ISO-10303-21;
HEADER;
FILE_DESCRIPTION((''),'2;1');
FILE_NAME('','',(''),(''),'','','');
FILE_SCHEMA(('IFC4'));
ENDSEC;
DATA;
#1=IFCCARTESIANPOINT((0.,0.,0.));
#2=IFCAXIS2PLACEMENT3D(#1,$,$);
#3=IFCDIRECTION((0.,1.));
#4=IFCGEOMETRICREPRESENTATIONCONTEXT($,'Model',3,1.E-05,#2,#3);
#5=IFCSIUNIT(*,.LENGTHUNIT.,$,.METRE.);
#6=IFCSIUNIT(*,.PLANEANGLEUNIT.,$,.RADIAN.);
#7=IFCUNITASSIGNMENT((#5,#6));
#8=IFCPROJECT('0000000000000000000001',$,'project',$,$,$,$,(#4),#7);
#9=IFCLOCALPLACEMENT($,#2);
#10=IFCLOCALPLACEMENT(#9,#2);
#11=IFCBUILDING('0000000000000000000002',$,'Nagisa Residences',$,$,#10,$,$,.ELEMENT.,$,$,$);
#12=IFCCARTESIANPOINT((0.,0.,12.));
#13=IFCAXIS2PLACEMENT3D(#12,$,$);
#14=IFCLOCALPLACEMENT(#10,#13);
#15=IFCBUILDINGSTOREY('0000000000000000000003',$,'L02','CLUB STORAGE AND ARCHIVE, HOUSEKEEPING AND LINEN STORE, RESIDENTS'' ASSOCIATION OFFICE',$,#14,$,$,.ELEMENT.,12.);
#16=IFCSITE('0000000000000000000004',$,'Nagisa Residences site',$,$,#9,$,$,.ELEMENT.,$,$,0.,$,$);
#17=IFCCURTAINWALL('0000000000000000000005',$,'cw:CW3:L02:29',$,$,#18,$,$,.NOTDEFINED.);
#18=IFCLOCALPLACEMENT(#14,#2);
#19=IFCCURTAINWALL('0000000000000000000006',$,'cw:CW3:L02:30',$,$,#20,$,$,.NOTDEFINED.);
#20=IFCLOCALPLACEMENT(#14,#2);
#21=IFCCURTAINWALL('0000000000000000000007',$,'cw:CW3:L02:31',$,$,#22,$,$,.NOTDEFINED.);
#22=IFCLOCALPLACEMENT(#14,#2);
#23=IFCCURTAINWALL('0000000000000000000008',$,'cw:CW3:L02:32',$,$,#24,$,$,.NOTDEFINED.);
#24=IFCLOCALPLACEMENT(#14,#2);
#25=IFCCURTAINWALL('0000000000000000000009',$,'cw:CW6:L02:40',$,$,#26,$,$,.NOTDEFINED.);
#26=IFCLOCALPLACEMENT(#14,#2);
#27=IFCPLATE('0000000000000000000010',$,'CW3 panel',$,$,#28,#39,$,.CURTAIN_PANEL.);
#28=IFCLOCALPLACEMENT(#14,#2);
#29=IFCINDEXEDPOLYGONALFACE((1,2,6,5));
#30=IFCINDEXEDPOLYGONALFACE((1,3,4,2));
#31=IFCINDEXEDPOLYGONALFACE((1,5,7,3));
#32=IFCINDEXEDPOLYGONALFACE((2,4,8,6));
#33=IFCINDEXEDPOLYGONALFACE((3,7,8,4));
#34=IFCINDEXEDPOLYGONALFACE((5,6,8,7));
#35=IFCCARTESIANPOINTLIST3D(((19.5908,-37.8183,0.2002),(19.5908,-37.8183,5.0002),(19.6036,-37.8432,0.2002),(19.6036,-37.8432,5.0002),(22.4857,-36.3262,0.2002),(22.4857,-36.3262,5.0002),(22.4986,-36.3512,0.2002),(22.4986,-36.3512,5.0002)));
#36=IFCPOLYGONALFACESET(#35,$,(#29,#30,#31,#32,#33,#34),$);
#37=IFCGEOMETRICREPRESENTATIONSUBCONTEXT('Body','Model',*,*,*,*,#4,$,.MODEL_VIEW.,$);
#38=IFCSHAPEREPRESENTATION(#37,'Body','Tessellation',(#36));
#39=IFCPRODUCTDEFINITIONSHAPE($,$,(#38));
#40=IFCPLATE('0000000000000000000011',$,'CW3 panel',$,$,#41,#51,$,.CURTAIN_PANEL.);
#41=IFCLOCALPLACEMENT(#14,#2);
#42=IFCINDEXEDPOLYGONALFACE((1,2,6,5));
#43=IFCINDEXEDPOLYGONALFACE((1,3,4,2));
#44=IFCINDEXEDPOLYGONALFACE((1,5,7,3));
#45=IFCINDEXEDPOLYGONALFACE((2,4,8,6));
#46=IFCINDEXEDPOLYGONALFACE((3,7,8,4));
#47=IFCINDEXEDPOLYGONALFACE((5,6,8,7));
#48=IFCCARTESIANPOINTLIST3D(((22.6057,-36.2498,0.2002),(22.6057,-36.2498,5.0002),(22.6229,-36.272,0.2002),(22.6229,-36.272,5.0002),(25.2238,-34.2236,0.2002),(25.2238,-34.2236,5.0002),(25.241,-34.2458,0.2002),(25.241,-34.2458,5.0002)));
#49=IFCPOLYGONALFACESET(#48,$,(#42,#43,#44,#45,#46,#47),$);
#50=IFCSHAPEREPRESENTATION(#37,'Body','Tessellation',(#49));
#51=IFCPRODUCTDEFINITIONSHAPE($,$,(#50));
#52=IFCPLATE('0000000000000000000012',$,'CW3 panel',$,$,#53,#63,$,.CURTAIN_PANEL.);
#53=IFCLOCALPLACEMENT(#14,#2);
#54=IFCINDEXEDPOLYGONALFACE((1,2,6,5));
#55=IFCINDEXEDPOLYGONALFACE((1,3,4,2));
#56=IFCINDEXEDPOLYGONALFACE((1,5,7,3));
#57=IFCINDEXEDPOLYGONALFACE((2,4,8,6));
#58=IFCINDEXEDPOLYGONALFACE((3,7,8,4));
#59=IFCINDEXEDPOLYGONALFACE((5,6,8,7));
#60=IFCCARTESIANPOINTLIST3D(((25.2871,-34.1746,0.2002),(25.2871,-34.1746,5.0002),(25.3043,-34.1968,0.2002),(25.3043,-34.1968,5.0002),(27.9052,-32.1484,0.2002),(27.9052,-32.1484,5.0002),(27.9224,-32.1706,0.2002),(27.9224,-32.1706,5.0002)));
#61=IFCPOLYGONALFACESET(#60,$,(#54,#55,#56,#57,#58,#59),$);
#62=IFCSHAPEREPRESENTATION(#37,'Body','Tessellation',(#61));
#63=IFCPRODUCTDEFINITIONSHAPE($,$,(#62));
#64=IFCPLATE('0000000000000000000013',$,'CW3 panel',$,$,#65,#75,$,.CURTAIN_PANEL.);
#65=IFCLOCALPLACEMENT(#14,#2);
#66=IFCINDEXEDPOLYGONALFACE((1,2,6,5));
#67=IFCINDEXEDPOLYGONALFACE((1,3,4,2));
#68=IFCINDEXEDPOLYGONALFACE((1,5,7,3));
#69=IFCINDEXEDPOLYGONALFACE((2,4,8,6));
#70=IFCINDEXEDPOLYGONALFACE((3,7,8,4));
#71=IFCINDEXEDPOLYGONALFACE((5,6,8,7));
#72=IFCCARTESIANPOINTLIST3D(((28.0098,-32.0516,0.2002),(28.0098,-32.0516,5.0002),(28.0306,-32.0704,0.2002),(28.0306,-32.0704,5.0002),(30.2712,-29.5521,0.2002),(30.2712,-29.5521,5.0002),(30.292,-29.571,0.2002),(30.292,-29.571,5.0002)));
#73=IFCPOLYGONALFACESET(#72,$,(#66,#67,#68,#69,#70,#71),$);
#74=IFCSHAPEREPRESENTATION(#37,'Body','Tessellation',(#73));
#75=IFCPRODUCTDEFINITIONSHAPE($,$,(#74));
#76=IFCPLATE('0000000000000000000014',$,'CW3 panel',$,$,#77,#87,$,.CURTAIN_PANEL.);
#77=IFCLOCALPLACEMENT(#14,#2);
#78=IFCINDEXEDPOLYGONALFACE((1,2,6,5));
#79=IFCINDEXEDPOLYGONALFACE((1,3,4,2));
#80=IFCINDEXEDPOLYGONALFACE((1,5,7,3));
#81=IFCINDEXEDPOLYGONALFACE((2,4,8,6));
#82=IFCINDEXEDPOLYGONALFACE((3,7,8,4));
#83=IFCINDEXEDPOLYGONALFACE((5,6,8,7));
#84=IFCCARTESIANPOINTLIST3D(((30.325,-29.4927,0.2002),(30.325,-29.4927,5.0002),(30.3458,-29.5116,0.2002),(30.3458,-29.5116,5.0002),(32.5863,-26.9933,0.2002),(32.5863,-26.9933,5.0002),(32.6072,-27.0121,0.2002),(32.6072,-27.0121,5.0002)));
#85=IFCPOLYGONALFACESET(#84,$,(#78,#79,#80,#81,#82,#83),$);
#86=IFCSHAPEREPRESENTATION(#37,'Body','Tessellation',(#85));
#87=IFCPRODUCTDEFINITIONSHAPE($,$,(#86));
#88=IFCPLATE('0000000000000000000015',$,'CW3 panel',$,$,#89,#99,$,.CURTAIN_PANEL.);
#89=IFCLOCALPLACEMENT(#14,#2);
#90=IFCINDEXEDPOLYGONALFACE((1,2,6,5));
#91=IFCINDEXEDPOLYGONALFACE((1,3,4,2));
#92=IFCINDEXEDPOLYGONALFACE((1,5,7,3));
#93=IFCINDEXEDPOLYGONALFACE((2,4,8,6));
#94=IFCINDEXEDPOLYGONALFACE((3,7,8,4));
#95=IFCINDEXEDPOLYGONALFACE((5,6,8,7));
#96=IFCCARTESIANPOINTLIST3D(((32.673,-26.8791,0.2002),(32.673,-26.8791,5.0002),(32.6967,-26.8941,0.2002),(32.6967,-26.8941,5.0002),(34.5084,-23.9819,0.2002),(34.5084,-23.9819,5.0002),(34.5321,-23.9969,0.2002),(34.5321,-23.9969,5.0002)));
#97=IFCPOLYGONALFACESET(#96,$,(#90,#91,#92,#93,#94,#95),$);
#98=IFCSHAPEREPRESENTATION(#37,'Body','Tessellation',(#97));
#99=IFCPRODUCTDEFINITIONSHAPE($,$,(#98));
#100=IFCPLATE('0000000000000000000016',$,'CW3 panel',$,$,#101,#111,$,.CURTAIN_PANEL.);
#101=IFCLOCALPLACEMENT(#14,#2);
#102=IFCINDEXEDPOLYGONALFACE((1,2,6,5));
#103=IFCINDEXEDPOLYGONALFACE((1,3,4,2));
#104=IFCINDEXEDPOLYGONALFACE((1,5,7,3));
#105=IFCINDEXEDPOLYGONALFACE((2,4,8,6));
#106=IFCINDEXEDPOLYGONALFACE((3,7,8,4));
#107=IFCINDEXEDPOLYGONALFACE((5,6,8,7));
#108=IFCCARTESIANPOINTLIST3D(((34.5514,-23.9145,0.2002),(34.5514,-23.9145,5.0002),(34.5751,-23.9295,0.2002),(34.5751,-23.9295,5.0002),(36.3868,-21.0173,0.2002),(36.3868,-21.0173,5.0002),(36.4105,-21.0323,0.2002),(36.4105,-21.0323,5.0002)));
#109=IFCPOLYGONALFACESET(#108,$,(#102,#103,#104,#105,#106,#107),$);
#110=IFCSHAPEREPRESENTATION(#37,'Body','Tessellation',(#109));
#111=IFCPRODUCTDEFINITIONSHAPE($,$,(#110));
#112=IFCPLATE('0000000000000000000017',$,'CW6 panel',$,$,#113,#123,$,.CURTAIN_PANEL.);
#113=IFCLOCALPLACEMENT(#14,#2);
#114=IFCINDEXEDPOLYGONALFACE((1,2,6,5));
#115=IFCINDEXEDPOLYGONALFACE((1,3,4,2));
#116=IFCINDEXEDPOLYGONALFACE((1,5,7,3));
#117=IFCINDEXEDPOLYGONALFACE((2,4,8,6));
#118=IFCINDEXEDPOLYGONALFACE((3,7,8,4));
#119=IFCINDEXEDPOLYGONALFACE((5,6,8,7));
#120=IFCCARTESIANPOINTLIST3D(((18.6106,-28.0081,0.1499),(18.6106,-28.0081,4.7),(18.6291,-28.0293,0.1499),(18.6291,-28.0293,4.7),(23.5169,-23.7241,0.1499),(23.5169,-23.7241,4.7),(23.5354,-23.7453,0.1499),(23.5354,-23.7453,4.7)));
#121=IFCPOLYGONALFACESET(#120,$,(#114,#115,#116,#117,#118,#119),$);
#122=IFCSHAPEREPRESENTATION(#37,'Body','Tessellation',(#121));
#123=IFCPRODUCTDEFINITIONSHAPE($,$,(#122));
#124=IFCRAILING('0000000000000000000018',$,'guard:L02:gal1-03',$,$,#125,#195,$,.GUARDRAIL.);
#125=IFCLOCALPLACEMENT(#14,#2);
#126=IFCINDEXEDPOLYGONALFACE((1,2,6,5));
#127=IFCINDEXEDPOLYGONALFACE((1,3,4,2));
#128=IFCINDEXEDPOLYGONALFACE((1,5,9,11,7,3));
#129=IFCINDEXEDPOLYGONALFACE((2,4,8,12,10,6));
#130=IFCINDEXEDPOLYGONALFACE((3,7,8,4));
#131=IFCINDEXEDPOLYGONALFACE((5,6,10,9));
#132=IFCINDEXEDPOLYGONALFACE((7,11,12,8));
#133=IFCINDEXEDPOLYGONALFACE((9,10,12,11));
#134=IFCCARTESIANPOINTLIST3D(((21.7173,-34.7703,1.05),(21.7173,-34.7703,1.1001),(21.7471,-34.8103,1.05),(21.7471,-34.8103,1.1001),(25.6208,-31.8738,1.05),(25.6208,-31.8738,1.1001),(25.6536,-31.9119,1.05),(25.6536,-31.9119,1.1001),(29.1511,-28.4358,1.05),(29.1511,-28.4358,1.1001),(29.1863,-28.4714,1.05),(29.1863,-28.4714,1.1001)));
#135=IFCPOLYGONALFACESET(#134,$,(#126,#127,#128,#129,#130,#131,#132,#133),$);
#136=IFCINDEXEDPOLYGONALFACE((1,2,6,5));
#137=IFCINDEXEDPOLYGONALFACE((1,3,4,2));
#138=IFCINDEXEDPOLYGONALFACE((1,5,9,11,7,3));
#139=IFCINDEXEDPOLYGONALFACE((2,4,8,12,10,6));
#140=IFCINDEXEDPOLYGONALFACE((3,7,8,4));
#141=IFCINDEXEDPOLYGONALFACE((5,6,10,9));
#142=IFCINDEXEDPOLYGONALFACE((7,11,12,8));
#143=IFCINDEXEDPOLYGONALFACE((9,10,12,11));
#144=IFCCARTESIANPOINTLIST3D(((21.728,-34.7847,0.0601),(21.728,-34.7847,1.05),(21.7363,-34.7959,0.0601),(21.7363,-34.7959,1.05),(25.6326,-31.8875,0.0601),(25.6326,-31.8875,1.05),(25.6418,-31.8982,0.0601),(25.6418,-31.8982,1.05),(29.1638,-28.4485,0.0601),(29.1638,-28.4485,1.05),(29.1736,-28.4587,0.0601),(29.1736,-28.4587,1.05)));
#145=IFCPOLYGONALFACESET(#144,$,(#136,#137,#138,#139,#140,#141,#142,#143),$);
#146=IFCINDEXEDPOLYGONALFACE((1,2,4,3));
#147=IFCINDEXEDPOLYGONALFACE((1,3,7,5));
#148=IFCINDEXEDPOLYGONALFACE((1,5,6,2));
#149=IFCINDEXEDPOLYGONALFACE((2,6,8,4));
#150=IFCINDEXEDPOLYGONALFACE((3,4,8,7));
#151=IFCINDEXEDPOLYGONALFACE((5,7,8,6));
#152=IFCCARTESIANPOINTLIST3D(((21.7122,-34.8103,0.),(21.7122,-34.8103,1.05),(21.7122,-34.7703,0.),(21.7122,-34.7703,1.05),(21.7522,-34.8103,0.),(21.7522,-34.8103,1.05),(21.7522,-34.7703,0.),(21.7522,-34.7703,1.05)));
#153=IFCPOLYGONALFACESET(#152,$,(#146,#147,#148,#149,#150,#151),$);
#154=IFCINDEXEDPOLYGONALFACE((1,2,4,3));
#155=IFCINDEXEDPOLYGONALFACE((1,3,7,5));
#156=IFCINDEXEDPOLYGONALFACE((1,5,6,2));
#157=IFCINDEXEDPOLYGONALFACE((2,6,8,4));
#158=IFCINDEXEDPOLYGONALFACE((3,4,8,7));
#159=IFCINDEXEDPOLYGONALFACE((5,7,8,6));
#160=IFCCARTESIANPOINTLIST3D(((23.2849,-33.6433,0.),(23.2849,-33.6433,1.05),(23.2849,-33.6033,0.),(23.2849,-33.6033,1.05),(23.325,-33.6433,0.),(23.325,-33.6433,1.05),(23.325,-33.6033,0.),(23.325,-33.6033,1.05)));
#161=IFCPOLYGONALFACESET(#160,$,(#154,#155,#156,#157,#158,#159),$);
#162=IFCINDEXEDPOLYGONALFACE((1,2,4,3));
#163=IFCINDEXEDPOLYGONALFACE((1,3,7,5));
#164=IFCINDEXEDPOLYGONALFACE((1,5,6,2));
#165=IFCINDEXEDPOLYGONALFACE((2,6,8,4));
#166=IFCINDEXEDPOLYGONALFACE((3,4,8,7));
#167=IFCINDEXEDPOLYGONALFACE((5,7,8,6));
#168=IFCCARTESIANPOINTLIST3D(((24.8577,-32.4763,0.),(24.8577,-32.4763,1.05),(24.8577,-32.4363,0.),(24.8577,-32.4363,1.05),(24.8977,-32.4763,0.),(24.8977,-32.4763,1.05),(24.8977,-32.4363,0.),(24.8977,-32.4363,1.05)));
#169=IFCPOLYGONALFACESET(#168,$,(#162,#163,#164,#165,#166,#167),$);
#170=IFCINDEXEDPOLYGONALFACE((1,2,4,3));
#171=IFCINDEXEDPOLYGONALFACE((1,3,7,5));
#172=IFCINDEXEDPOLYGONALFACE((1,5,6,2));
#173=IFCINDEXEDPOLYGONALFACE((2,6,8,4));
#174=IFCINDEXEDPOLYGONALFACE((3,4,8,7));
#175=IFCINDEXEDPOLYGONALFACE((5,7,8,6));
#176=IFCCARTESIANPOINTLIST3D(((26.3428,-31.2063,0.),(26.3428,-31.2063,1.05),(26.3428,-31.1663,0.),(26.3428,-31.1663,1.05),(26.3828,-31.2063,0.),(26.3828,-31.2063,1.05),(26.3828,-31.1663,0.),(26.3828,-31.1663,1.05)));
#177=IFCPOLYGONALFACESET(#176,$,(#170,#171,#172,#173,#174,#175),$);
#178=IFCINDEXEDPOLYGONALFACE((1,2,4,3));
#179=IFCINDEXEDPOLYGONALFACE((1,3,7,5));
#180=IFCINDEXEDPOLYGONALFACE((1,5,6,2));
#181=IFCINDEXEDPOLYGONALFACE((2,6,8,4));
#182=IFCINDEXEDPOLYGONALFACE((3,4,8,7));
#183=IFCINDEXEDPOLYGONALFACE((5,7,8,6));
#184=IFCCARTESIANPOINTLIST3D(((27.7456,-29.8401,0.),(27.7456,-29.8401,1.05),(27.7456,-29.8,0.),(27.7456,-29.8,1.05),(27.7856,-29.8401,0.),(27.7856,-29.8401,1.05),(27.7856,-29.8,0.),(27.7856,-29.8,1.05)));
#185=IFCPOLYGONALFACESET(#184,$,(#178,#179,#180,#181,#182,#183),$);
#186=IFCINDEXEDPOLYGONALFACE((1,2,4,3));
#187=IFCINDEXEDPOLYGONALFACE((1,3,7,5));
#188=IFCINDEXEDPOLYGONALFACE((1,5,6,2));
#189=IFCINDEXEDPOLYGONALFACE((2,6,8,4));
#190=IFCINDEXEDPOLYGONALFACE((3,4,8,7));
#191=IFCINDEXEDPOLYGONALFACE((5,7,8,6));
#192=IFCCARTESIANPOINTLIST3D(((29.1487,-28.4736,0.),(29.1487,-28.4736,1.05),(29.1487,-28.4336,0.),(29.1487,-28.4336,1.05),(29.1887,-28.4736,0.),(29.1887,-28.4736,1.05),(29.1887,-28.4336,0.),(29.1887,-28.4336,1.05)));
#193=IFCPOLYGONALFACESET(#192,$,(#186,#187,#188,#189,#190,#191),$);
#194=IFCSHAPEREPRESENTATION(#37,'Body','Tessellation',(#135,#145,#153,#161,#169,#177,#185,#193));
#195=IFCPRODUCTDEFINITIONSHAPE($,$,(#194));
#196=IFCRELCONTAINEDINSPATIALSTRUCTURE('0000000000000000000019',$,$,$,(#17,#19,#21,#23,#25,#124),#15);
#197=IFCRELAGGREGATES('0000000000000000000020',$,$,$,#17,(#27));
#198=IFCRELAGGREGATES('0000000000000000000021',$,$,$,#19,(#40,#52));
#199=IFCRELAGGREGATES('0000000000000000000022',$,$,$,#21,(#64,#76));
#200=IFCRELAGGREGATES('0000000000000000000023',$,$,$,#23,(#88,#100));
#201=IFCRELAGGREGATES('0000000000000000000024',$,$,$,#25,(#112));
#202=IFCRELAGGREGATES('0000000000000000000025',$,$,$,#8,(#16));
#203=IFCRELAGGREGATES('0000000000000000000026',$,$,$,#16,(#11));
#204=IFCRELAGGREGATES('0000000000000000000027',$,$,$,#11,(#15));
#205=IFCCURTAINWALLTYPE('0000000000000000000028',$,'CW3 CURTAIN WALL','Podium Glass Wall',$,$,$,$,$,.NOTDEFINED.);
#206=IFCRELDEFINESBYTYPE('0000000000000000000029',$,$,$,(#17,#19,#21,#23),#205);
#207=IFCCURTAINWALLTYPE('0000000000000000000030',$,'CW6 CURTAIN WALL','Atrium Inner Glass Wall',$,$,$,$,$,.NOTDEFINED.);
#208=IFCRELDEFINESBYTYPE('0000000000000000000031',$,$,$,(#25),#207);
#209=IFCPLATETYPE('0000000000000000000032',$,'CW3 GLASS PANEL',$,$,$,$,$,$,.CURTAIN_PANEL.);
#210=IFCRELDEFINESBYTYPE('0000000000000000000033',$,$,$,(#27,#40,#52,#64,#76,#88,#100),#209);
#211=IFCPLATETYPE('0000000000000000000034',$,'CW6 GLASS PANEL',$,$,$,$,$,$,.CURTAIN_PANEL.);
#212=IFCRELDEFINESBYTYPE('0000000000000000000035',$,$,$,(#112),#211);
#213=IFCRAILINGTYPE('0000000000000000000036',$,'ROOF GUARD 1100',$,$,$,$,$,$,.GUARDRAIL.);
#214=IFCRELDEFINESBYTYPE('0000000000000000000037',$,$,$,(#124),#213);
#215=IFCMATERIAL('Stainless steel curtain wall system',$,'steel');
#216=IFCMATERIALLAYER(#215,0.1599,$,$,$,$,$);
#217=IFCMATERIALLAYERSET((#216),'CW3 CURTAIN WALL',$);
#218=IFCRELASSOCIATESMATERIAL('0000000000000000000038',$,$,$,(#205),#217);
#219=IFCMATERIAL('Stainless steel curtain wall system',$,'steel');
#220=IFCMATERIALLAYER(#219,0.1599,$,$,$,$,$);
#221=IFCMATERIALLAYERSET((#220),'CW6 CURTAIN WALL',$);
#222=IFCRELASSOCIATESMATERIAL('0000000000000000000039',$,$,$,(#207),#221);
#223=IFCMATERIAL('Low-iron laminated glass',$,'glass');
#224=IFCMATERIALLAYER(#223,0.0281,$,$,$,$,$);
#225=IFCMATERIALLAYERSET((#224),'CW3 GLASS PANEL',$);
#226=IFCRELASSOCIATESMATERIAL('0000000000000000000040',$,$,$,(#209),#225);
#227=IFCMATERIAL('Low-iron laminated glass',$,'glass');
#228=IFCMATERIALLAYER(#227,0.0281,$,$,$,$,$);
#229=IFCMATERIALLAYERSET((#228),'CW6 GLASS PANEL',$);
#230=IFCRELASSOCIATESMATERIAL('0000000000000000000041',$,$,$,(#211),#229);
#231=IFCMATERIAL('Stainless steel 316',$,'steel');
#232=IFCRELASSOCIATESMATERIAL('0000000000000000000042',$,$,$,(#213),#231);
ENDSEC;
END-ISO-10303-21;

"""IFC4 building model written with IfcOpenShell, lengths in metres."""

from ifc_helpers import new_model, si_unit, direction, frame, origin, origin_2d, place, context, subcontext, project, spatial, polyline, rectangle, outline, extrude, material, layer, layer_set, type_object, element, aggregate, save


model = new_model("IFC4")

# Units and contexts
model_context = context("Model", 3, precision=1e-05, world=origin(), true_north=direction((0.0, 1.0)))
body_context = subcontext(model_context, "Body", "Model", "MODEL_VIEW")
ifc_project = project(units=[si_unit("LENGTHUNIT", "METRE"), si_unit("PLANEANGLEUNIT", "RADIAN")], contexts=[model_context])

# Site, building, storey
site_placement = place(None, origin())
site = spatial("IfcSite", under=ifc_project, at=site_placement, Name="Nagisa Residences site", CompositionType="ELEMENT", RefElevation=0.0)
building_placement = place(site_placement, origin())
building = spatial("IfcBuilding", under=site, at=building_placement, Name="Nagisa Residences", CompositionType="ELEMENT")
storey_placement = place(building_placement, frame((0.0, 0.0, 12.0)))
storey = spatial("IfcBuildingStorey", under=building, at=storey_placement, Name="L02", Description="CLUB STORAGE AND ARCHIVE, HOUSEKEEPING AND LINEN STORE, RESIDENTS' ASSOCIATION OFFICE", CompositionType="ELEMENT", Elevation=12.0)

# Curtain walls
ifc_material_1 = material(Name="Stainless steel curtain wall system", Category="steel")
ifc_layer_1 = layer(ifc_material_1, 0.1599)
ifc_layer_set_1 = layer_set([ifc_layer_1], Name="CW3 CURTAIN WALL")
curtain_wall_type_1 = type_object("IfcCurtainWallType", Name="CW3 CURTAIN WALL", Description="Podium Glass Wall", PredefinedType="NOTDEFINED", material=ifc_layer_set_1)
curtain_wall_1_placement = place(storey_placement, origin())
curtain_wall_1 = element("IfcCurtainWall", 1, at=curtain_wall_1_placement, inside=storey, type_object=curtain_wall_type_1, Name="cw:CW3:L02:29", PredefinedType="NOTDEFINED")
curtain_wall_2_placement = place(storey_placement, origin())
curtain_wall_2 = element("IfcCurtainWall", 2, at=curtain_wall_2_placement, inside=storey, type_object=curtain_wall_type_1, Name="cw:CW3:L02:30", PredefinedType="NOTDEFINED")
curtain_wall_3_placement = place(storey_placement, origin())
curtain_wall_3 = element("IfcCurtainWall", 3, at=curtain_wall_3_placement, inside=storey, type_object=curtain_wall_type_1, Name="cw:CW3:L02:31", PredefinedType="NOTDEFINED")
curtain_wall_4_placement = place(storey_placement, origin())
curtain_wall_4 = element("IfcCurtainWall", 4, at=curtain_wall_4_placement, inside=storey, type_object=curtain_wall_type_1, Name="cw:CW3:L02:32", PredefinedType="NOTDEFINED")

# Curtain wall
ifc_material_2 = material(Name="Stainless steel curtain wall system", Category="steel")
ifc_layer_2 = layer(ifc_material_2, 0.1599)
ifc_layer_set_2 = layer_set([ifc_layer_2], Name="CW6 CURTAIN WALL")
curtain_wall_type_2 = type_object("IfcCurtainWallType", Name="CW6 CURTAIN WALL", Description="Atrium Inner Glass Wall", PredefinedType="NOTDEFINED", material=ifc_layer_set_2)
curtain_wall_5_placement = place(storey_placement, origin())
curtain_wall_5 = element("IfcCurtainWall", 5, at=curtain_wall_5_placement, inside=storey, type_object=curtain_wall_type_2, Name="cw:CW6:L02:40", PredefinedType="NOTDEFINED")

# Plates
ifc_material_3 = material(Name="Low-iron laminated glass", Category="glass")
ifc_layer_3 = layer(ifc_material_3, 0.0281)
ifc_layer_set_3 = layer_set([ifc_layer_3], Name="CW3 GLASS PANEL")
plate_type_1 = type_object("IfcPlateType", Name="CW3 GLASS PANEL", PredefinedType="CURTAIN_PANEL", material=ifc_layer_set_3)
plate_1_placement = place(storey_placement, frame((21.0447, -37.0847, 0.2002), z_axis=(0.0, 0.0, 1.0), x_axis=(0.888887, 0.458126, 0.0)))
plate_1 = element("IfcPlate", 6, at=plate_1_placement, type_object=plate_type_1, Name="CW3 panel", PredefinedType="CURTAIN_PANEL", context=body_context, shape_type="SweptSolid", body=[
    extrude(rectangle(XDim=3.2568, YDim=0.0281, at=origin_2d()), origin(), (0.0, 0.0, 1.0), 4.8),
])
aggregate(curtain_wall_1, [plate_1])
plate_2_placement = place(storey_placement, frame((23.9233, -35.2478, 0.2002), z_axis=(0.0, 0.0, 1.0), x_axis=(0.790831, 0.612035, 0.0)))
plate_2 = element("IfcPlate", 7, at=plate_2_placement, type_object=plate_type_1, Name="CW3 panel", PredefinedType="CURTAIN_PANEL", context=body_context, shape_type="SweptSolid", body=[
    extrude(rectangle(XDim=3.3105, YDim=0.0281, at=origin_2d()), origin(), (0.0, 0.0, 1.0), 4.8),
])
plate_3_placement = place(storey_placement, frame((26.6047, -33.1726, 0.2002), z_axis=(0.0, 0.0, 1.0), x_axis=(0.790831, 0.612035, 0.0)))
plate_3 = element("IfcPlate", 8, at=plate_3_placement, type_object=plate_type_1, Name="CW3 panel", PredefinedType="CURTAIN_PANEL", context=body_context, shape_type="SweptSolid", body=[
    extrude(rectangle(XDim=3.3105, YDim=0.0281, at=origin_2d()), origin(), (0.0, 0.0, 1.0), 4.8),
])
aggregate(curtain_wall_2, [plate_2, plate_3])
plate_4_placement = place(storey_placement, frame((29.1509, -30.8113, 0.2002), z_axis=(0.0, 0.0, 1.0), x_axis=(0.670913, 0.741536, 0.0)))
plate_4 = element("IfcPlate", 9, at=plate_4_placement, type_object=plate_type_1, Name="CW3 panel", PredefinedType="CURTAIN_PANEL", context=body_context, shape_type="SweptSolid", body=[
    extrude(rectangle(XDim=3.3706, YDim=0.0281, at=origin_2d()), origin(), (0.0, 0.0, 1.0), 4.8),
])
plate_5_placement = place(storey_placement, frame((31.4661, -28.2524, 0.2002), z_axis=(0.0, 0.0, 1.0), x_axis=(0.670913, 0.741536, 0.0)))
plate_5 = element("IfcPlate", 10, at=plate_5_placement, type_object=plate_type_1, Name="CW3 panel", PredefinedType="CURTAIN_PANEL", context=body_context, shape_type="SweptSolid", body=[
    extrude(rectangle(XDim=3.3706, YDim=0.0281, at=origin_2d()), origin(), (0.0, 0.0, 1.0), 4.8),
])
aggregate(curtain_wall_3, [plate_4, plate_5])
plate_6_placement = place(storey_placement, frame((33.6025, -25.438, 0.2002), z_axis=(0.0, 0.0, 1.0), x_axis=(0.535165, 0.844747, 0.0)))
plate_6 = element("IfcPlate", 11, at=plate_6_placement, type_object=plate_type_1, Name="CW3 panel", PredefinedType="CURTAIN_PANEL", context=body_context, shape_type="SweptSolid", body=[
    extrude(rectangle(XDim=3.4297, YDim=0.0281, at=origin_2d()), origin(), (0.0, 0.0, 1.0), 4.8),
])
plate_7_placement = place(storey_placement, frame((35.481, -22.4734, 0.2002), z_axis=(0.0, 0.0, 1.0), x_axis=(0.535165, 0.844747, 0.0)))
plate_7 = element("IfcPlate", 12, at=plate_7_placement, type_object=plate_type_1, Name="CW3 panel", PredefinedType="CURTAIN_PANEL", context=body_context, shape_type="SweptSolid", body=[
    extrude(rectangle(XDim=3.4297, YDim=0.0281, at=origin_2d()), origin(), (0.0, 0.0, 1.0), 4.8),
])
aggregate(curtain_wall_4, [plate_6, plate_7])
ifc_material_4 = material(Name="Low-iron laminated glass", Category="glass")
ifc_layer_4 = layer(ifc_material_4, 0.0281)
ifc_layer_set_4 = layer_set([ifc_layer_4], Name="CW6 GLASS PANEL")
plate_type_2 = type_object("IfcPlateType", Name="CW6 GLASS PANEL", PredefinedType="CURTAIN_PANEL", material=ifc_layer_set_4)
plate_8_placement = place(storey_placement, frame((21.073, -25.8767, 0.1499), z_axis=(0.0, 0.0, 1.0), x_axis=(0.753261, 0.657721, 0.0)))
plate_8 = element("IfcPlate", 13, at=plate_8_placement, type_object=plate_type_2, Name="CW6 panel", PredefinedType="CURTAIN_PANEL", context=body_context, shape_type="SweptSolid", body=[
    extrude(rectangle(XDim=6.5134, YDim=0.0281, at=origin_2d()), origin(), (0.0, 0.0, 1.0), 4.55),
])
aggregate(curtain_wall_5, [plate_8])

# Railing
ifc_material_5 = material(Name="Stainless steel 316", Category="steel")
railing_type = type_object("IfcRailingType", Name="ROOF GUARD 1100", PredefinedType="GUARDRAIL", material=ifc_material_5)
railing_1_placement = place(storey_placement, frame((21.7322, -34.7903, 0.0)))
element("IfcRailing", 14, at=railing_1_placement, inside=storey, type_object=railing_type, Name="guard:L02:gal1-03", PredefinedType="GUARDRAIL", context=body_context, shape_type="SweptSolid", body=[
    extrude(outline(polyline([(3.8887, 2.9165), (-0.0149, 0.02), (0.0149, -0.02), (3.9214, 2.8784), (7.4541, 6.3188), (7.4189, 6.3545), (3.8887, 2.9165)])), frame((0.0, 0.0, 1.05)), (0.0, 0.0, 1.0), 0.05),
    extrude(outline(polyline([(3.9004, 2.9028), (-0.0042, 0.0056), (0.0042, -0.0056), (3.9097, 2.8921), (7.4414, 6.3315), (7.4316, 6.3418), (3.9004, 2.9028)])), frame((0.0, 0.0, 0.0601)), (0.0, 0.0, 1.0), 0.99),
    extrude(rectangle(XDim=0.04, YDim=0.04, at=origin_2d()), origin(), (0.0, 0.0, 1.0), 1.05),
    extrude(rectangle(XDim=0.04, YDim=0.04, at=origin_2d()), frame((1.5728, 1.167, 0.0)), (0.0, 0.0, 1.0), 1.05),
    extrude(rectangle(XDim=0.04, YDim=0.04, at=origin_2d()), frame((3.1455, 2.334, 0.0)), (0.0, 0.0, 1.0), 1.05),
    extrude(rectangle(XDim=0.04, YDim=0.04, at=origin_2d()), frame((4.6306, 3.604, 0.0)), (0.0, 0.0, 1.0), 1.05),
    extrude(rectangle(XDim=0.04, YDim=0.04, at=origin_2d()), frame((6.0334, 4.9702, 0.0)), (0.0, 0.0, 1.0), 1.05),
    extrude(rectangle(XDim=0.04, YDim=0.04, at=origin_2d()), frame((7.4365, 6.3367, 0.0)), (0.0, 0.0, 1.0), 1.05),
])

save(model, "model.ifc")
